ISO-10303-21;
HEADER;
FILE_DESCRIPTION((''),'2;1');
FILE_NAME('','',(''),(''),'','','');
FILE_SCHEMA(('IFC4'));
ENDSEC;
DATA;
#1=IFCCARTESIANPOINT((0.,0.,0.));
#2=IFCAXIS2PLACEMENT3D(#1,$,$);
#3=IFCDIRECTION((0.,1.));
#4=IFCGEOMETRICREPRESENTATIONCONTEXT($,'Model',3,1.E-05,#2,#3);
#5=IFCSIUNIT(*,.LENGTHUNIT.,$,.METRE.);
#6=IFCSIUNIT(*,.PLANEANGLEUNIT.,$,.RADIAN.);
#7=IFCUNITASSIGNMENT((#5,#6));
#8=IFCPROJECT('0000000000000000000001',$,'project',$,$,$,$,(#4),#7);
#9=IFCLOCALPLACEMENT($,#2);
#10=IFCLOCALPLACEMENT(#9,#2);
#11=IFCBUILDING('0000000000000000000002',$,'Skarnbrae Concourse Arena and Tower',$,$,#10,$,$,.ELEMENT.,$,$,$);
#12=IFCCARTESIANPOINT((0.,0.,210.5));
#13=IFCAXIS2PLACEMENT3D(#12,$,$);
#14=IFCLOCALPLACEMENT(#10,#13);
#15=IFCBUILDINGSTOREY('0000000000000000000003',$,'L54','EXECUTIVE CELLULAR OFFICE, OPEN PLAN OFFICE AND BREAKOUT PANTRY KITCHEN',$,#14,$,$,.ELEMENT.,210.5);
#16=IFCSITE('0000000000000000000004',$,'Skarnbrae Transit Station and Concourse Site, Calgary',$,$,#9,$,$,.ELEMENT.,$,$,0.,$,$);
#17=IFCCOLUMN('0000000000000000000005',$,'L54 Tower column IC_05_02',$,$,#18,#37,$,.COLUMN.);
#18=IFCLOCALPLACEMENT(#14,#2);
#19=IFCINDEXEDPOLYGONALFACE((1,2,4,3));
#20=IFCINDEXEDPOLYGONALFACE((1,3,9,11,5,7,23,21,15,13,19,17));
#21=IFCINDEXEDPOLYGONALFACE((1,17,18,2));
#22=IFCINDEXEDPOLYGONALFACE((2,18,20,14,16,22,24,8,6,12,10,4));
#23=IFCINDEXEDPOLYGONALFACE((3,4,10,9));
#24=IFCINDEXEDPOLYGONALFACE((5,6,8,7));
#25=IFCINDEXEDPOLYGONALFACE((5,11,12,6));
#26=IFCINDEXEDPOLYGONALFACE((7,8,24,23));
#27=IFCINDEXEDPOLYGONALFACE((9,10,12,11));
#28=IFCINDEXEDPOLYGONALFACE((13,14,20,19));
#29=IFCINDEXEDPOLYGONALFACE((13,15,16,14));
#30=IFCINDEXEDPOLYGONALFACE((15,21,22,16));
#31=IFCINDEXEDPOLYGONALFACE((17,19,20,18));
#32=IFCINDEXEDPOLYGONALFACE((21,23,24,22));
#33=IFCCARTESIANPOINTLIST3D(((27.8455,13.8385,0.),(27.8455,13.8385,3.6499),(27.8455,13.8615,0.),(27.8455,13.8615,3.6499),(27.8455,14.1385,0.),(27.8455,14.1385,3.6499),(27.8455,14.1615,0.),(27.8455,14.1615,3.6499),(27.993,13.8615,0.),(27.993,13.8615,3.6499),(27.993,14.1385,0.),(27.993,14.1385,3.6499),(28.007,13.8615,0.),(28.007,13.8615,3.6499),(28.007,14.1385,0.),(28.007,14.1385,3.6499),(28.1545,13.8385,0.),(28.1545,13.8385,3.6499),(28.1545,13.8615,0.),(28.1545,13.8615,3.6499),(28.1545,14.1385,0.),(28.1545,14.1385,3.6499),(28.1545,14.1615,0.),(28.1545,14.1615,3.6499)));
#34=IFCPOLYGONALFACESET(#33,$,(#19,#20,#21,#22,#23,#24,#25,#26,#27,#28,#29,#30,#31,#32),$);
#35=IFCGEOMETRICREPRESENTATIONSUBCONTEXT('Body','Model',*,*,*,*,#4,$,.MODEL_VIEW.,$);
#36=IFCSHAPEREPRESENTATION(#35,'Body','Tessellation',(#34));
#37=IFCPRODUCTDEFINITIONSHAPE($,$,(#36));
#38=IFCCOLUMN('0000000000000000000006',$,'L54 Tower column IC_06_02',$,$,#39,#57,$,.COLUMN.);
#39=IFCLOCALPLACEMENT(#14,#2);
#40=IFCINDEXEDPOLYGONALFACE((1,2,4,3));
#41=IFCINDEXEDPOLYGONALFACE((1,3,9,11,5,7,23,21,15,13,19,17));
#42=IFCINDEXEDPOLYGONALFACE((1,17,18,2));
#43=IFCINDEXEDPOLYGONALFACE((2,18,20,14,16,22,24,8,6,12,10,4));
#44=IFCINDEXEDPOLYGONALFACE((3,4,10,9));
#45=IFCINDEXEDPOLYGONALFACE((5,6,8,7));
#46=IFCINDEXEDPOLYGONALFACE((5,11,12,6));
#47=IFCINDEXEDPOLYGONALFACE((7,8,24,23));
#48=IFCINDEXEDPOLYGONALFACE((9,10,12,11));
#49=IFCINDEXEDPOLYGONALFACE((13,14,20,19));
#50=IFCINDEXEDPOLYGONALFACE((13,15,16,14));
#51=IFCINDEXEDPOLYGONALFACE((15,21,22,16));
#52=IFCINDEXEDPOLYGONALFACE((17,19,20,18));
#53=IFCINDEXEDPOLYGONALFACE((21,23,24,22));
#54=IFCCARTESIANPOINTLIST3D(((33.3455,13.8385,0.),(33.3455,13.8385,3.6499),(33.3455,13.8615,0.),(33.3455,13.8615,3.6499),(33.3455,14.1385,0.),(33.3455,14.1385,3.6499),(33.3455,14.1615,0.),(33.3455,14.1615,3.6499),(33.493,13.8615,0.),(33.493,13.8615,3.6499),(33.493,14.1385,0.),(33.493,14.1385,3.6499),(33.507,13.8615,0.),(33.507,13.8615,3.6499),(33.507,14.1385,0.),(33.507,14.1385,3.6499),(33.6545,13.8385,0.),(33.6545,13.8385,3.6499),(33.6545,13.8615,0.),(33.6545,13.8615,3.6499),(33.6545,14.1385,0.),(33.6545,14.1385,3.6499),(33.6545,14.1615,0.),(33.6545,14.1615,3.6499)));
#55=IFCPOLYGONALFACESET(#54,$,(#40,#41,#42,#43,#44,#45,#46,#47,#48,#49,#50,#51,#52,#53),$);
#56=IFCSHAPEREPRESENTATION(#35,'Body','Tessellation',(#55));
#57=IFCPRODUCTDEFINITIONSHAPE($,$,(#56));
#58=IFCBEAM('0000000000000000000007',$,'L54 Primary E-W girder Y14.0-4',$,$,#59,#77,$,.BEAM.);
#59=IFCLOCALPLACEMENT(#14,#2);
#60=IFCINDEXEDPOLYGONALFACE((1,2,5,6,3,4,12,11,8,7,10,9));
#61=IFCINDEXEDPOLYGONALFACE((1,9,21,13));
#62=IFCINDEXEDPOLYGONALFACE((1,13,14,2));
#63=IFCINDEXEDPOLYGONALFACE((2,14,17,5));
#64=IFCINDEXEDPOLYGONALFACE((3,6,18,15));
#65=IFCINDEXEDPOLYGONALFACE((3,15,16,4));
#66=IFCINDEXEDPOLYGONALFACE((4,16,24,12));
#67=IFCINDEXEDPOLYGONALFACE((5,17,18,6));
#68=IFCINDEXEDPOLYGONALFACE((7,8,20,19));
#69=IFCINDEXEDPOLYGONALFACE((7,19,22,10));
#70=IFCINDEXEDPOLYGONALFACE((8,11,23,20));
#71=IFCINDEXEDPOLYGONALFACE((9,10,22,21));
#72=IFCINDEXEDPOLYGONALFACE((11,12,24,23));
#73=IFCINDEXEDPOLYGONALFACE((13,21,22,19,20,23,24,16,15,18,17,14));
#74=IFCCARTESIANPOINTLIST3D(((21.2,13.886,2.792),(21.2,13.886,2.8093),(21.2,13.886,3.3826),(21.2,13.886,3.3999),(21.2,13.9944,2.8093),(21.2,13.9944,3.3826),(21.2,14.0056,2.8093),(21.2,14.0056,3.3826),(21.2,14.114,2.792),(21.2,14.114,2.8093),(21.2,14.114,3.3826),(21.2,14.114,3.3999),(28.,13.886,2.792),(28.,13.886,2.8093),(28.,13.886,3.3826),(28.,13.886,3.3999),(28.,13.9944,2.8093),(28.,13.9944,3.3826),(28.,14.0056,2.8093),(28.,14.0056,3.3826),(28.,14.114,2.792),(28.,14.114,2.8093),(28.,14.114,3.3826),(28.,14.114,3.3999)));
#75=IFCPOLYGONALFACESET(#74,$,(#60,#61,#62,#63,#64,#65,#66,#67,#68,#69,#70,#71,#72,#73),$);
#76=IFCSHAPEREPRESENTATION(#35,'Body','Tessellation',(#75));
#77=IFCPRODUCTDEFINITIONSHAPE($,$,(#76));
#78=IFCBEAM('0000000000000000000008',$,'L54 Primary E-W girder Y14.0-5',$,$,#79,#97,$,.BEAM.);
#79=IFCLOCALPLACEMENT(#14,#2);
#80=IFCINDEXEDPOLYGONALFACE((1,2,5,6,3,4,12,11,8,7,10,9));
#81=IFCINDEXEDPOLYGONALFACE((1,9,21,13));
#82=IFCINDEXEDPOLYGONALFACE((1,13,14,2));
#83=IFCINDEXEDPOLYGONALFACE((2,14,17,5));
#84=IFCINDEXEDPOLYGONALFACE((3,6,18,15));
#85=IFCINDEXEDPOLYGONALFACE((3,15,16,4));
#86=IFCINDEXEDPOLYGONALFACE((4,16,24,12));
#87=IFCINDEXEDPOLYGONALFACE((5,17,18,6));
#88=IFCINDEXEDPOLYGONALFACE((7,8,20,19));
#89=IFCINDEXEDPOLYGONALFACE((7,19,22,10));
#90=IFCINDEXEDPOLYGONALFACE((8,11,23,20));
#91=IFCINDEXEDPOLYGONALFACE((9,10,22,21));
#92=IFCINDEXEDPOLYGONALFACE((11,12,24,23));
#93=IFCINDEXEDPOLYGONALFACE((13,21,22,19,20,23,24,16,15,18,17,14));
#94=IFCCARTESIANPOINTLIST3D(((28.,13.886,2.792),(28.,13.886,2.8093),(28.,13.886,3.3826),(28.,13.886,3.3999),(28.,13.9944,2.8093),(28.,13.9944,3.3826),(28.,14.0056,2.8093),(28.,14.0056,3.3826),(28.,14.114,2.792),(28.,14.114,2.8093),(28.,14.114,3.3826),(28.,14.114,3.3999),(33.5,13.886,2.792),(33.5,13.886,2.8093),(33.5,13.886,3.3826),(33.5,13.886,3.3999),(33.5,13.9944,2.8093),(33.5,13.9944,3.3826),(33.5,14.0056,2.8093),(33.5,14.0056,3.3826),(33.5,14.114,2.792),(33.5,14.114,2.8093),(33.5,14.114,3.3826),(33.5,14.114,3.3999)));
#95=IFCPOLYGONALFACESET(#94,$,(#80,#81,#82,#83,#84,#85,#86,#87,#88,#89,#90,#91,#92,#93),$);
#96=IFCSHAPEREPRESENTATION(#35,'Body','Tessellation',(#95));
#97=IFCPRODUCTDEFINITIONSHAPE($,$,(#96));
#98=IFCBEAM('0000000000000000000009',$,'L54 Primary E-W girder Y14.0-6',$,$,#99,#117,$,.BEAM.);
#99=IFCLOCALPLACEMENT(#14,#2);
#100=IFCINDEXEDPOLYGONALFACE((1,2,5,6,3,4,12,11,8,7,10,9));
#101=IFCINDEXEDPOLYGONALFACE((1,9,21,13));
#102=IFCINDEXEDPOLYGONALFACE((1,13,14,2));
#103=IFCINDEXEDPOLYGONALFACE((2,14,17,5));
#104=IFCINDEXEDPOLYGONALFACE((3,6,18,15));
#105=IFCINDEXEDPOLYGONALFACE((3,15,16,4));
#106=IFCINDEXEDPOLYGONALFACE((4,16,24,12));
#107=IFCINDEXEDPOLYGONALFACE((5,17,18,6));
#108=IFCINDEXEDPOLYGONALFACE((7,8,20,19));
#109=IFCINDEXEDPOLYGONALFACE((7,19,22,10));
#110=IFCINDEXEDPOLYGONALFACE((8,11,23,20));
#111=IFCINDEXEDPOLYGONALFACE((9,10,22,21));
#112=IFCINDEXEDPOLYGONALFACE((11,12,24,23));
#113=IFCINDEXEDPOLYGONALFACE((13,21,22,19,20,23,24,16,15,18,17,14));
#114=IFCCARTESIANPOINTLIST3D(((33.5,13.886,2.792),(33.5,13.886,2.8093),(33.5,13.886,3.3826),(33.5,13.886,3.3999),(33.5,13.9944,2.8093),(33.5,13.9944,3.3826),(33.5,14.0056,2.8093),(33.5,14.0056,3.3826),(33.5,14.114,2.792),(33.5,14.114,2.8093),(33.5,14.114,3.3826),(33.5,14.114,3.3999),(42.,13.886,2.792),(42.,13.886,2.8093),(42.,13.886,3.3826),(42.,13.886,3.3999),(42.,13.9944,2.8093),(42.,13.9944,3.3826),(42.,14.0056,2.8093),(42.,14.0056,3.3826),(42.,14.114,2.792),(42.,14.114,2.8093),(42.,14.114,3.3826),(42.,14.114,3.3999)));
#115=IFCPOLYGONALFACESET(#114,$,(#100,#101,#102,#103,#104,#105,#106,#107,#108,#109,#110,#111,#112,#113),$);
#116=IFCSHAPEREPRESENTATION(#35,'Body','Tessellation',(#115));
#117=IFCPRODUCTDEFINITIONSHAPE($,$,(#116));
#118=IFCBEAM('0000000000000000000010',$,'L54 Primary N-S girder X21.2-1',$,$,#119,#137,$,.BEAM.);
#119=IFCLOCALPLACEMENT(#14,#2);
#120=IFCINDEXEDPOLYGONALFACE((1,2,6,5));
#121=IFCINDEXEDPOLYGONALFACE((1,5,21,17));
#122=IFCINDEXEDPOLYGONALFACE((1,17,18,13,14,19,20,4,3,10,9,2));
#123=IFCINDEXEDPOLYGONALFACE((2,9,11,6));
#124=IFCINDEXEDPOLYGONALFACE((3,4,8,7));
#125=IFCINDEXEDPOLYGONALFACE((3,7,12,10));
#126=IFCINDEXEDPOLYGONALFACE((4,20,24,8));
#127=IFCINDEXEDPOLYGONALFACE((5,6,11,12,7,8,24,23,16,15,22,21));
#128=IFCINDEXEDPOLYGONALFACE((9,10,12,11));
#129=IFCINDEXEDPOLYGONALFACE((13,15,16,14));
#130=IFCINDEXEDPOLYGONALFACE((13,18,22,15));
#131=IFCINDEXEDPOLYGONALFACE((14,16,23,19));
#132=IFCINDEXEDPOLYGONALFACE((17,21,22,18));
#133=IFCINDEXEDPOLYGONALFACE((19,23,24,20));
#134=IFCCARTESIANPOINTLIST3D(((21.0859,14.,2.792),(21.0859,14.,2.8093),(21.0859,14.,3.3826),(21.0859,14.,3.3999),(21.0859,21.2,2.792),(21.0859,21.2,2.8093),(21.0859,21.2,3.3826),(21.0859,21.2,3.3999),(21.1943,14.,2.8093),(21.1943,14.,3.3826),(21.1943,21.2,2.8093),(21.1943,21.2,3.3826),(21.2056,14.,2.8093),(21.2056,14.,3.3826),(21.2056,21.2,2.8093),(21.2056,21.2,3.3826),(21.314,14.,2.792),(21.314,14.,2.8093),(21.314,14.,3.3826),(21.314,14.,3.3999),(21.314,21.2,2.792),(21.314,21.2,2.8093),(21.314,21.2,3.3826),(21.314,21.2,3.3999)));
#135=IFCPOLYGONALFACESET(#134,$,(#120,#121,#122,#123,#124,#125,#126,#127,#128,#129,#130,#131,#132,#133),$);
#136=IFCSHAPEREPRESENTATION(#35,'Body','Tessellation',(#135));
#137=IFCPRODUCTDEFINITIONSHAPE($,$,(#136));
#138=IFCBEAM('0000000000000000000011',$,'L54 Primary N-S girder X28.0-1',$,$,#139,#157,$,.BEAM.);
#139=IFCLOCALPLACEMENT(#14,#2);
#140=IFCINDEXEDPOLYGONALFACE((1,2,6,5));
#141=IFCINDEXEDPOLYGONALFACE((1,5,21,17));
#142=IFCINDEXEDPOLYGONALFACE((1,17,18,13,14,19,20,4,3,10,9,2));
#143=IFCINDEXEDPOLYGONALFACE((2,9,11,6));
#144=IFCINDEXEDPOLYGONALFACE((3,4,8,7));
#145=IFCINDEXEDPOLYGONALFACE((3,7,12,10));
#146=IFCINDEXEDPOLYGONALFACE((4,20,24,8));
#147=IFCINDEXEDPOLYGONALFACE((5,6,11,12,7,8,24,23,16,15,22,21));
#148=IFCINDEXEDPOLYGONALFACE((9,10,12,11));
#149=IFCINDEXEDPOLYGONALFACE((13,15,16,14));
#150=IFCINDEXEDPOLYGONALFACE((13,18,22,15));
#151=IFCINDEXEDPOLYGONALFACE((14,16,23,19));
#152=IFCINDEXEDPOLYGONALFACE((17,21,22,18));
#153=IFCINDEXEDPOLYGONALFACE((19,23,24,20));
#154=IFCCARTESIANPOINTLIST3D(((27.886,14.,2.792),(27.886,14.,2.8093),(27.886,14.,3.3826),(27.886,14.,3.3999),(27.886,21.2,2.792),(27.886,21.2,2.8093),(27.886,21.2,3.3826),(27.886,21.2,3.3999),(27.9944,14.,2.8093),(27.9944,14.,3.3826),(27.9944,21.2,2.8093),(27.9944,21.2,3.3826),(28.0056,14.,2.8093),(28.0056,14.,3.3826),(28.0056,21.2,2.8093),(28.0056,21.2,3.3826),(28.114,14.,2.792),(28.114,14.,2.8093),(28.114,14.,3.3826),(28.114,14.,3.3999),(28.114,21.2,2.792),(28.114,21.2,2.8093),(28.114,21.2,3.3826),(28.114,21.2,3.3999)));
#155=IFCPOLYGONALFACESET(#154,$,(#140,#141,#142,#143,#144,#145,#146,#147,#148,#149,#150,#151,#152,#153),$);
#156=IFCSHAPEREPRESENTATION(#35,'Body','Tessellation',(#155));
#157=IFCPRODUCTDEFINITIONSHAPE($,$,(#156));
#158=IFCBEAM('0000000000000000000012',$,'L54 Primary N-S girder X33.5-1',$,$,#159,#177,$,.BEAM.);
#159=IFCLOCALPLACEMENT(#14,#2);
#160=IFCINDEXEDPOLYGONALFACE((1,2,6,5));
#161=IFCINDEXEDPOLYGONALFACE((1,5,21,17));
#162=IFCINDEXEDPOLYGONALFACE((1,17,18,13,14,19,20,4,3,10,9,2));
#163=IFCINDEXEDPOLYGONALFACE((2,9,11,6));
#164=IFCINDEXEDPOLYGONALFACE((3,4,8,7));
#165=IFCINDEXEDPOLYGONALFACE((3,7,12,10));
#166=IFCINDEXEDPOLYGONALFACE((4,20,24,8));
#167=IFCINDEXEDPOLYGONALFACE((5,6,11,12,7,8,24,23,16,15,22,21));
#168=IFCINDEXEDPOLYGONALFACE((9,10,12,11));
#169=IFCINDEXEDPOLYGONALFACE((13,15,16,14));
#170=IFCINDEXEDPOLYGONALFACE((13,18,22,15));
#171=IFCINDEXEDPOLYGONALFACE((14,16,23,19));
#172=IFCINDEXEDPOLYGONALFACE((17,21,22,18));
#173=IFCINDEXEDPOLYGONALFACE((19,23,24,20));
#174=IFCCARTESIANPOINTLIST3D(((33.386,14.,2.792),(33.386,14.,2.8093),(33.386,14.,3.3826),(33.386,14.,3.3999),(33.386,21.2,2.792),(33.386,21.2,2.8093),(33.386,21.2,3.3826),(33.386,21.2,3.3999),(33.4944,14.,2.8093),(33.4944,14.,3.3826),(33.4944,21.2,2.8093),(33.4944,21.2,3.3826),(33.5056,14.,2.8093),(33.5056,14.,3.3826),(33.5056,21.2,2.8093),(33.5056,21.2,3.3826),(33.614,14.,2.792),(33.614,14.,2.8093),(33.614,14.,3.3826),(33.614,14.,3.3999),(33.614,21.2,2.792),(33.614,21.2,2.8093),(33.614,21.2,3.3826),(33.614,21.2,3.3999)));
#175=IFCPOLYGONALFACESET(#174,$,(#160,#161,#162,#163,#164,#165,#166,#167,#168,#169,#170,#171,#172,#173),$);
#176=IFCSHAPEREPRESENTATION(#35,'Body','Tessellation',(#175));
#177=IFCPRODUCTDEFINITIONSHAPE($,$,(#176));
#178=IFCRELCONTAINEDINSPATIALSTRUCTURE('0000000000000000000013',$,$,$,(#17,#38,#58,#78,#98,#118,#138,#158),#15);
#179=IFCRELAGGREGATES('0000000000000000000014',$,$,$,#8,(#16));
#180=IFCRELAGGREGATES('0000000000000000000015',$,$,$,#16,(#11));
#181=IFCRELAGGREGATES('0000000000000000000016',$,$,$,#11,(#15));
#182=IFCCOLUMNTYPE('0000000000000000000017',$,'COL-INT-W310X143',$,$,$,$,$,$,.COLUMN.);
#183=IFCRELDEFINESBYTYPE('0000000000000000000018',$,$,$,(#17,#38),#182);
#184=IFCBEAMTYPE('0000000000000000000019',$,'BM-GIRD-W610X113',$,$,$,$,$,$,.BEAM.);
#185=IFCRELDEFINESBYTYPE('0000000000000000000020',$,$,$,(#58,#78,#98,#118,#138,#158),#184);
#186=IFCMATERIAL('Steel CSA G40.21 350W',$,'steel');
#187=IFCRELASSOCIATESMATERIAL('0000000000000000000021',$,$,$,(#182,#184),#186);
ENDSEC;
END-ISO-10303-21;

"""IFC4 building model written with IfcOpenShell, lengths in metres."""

from ifc_helpers import new_model, si_unit, direction, frame, origin, origin_2d, place, context, subcontext, project, spatial, i_section, extrude, source, transform, mapped, material, material_profile, profile_set, type_object, element, save


model = new_model("IFC4")

# Units and contexts
model_context = context("Model", 3, precision=1e-05, world=origin(), true_north=direction((0.0, 1.0)))
body_context = subcontext(model_context, "Body", "Model", "MODEL_VIEW")
ifc_project = project(units=[si_unit("LENGTHUNIT", "METRE"), si_unit("PLANEANGLEUNIT", "RADIAN")], contexts=[model_context])

# Site, building, storey
site_placement = place(None, origin())
site = spatial("IfcSite", under=ifc_project, at=site_placement, Name="Skarnbrae Transit Station and Concourse Site, Calgary", CompositionType="ELEMENT", RefElevation=0.0)
building_placement = place(site_placement, origin())
building = spatial("IfcBuilding", under=site, at=building_placement, Name="Skarnbrae Concourse Arena and Tower", CompositionType="ELEMENT")
storey_placement = place(building_placement, frame((0.0, 0.0, 210.5)))
storey = spatial("IfcBuildingStorey", under=building, at=storey_placement, Name="L54", Description="EXECUTIVE CELLULAR OFFICE, OPEN PLAN OFFICE AND BREAKOUT PANTRY KITCHEN", CompositionType="ELEMENT", Elevation=210.5)

# Columns
ifc_material_1 = material(Name="Steel CSA G40.21 350W", Category="steel")
ifc_material_profile_1 = material_profile(ifc_material_1, i_section(OverallWidth=0.3091, OverallDepth=0.323, WebThickness=0.0139, FlangeThickness=0.0229, at=origin_2d()), Name="W310X143")
ifc_profile_set_1 = profile_set([ifc_material_profile_1], Name="Steel CSA G40.21 350W")
column_type = type_object("IfcColumnType", Name="COL-INT-W310X143", PredefinedType="COLUMN", material=ifc_profile_set_1)
shared_shape_1 = source(origin(), body_context, "Body", "SweptSolid", [
    extrude(i_section(OverallWidth=0.3091, OverallDepth=0.323, WebThickness=0.0139, FlangeThickness=0.0229, at=origin_2d()), origin(), (0.0, 0.0, 1.0), 3.6499),
])
for number, where, z_axis, x_axis, name in (
    (1, (28.0, 14.0, 0.0), (0.0, 0.0, 1.0), (1.0, 0.0, 0.0), "L54 Tower column IC_05_02"),
    (2, (33.5, 14.0, 0.0), (0.0, 0.0, 1.0), (1.0, 0.0, 0.0), "L54 Tower column IC_06_02"),
):
    element("IfcColumn", number, at=place(storey_placement, frame(where, z_axis=z_axis, x_axis=x_axis)), inside=storey, type_object=column_type, Name=name, PredefinedType="COLUMN", context=body_context, shape_type="MappedRepresentation", body=[
        mapped(shared_shape_1, transform((0.0, 0.0, 0.0))),
    ])

# Beams
ifc_material_profile_2 = material_profile(ifc_material_1, i_section(OverallWidth=0.228, OverallDepth=0.6079, WebThickness=0.0112, FlangeThickness=0.0173, at=origin_2d()), Name="W610X113")
ifc_profile_set_2 = profile_set([ifc_material_profile_2], Name="Steel CSA G40.21 350W")
beam_type_1 = type_object("IfcBeamType", Name="BM-GIRD-W610X113", PredefinedType="BEAM", material=ifc_profile_set_2)
shared_shape_2 = source(origin(), body_context, "Body", "SweptSolid", [
    extrude(i_section(OverallWidth=0.228, OverallDepth=0.6079, WebThickness=0.0112, FlangeThickness=0.0173, at=origin_2d()), origin(), (0.0, 0.0, 1.0), 6.8),
])
beam_1_placement = place(storey_placement, frame((21.2, 14.0, 3.0959), z_axis=(1.0, 0.0, 0.0), x_axis=(0.0, 1.0, 0.0)))
element("IfcBeam", 3, at=beam_1_placement, inside=storey, type_object=beam_type_1, Name="L54 Primary E-W girder Y14.0-4", PredefinedType="BEAM", context=body_context, shape_type="MappedRepresentation", body=[
    mapped(shared_shape_2, transform((0.0, 0.0, 0.0))),
])
shared_shape_3 = source(origin(), body_context, "Body", "SweptSolid", [
    extrude(i_section(OverallWidth=0.228, OverallDepth=0.6079, WebThickness=0.0112, FlangeThickness=0.0173, at=origin_2d()), origin(), (0.0, 0.0, 1.0), 5.5),
])
beam_2_placement = place(storey_placement, frame((28.0, 14.0, 3.0959), z_axis=(1.0, 0.0, 0.0), x_axis=(0.0, 1.0, 0.0)))
element("IfcBeam", 4, at=beam_2_placement, inside=storey, type_object=beam_type_1, Name="L54 Primary E-W girder Y14.0-5", PredefinedType="BEAM", context=body_context, shape_type="MappedRepresentation", body=[
    mapped(shared_shape_3, transform((0.0, 0.0, 0.0))),
])
shared_shape_4 = source(origin(), body_context, "Body", "SweptSolid", [
    extrude(i_section(OverallWidth=0.228, OverallDepth=0.6079, WebThickness=0.0112, FlangeThickness=0.0173, at=origin_2d()), origin(), (0.0, 0.0, 1.0), 8.5),
])
beam_3_placement = place(storey_placement, frame((33.5, 14.0, 3.0959), z_axis=(1.0, 0.0, 0.0), x_axis=(0.0, 1.0, 0.0)))
element("IfcBeam", 5, at=beam_3_placement, inside=storey, type_object=beam_type_1, Name="L54 Primary E-W girder Y14.0-6", PredefinedType="BEAM", context=body_context, shape_type="MappedRepresentation", body=[
    mapped(shared_shape_4, transform((0.0, 0.0, 0.0))),
])
shared_shape_5 = source(origin(), body_context, "Body", "SweptSolid", [
    extrude(i_section(OverallWidth=0.228, OverallDepth=0.6079, WebThickness=0.0112, FlangeThickness=0.0173, at=origin_2d()), origin(), (0.0, 0.0, 1.0), 7.2),
])
for number, where, z_axis, x_axis, name in (
    (6, (21.2, 14.0, 3.0959), (0.0, 1.0, 0.0), (-1.0, 0.0, 0.0), "L54 Primary N-S girder X21.2-1"),
    (7, (28.0, 14.0, 3.0959), (0.0, 1.0, 0.0), (-1.0, 0.0, 0.0), "L54 Primary N-S girder X28.0-1"),
    (8, (33.5, 14.0, 3.0959), (0.0, 1.0, 0.0), (-1.0, 0.0, 0.0), "L54 Primary N-S girder X33.5-1"),
):
    element("IfcBeam", number, at=place(storey_placement, frame(where, z_axis=z_axis, x_axis=x_axis)), inside=storey, type_object=beam_type_1, Name=name, PredefinedType="BEAM", context=body_context, shape_type="MappedRepresentation", body=[
        mapped(shared_shape_5, transform((0.0, 0.0, 0.0))),
    ])

save(model, "model.ifc")
